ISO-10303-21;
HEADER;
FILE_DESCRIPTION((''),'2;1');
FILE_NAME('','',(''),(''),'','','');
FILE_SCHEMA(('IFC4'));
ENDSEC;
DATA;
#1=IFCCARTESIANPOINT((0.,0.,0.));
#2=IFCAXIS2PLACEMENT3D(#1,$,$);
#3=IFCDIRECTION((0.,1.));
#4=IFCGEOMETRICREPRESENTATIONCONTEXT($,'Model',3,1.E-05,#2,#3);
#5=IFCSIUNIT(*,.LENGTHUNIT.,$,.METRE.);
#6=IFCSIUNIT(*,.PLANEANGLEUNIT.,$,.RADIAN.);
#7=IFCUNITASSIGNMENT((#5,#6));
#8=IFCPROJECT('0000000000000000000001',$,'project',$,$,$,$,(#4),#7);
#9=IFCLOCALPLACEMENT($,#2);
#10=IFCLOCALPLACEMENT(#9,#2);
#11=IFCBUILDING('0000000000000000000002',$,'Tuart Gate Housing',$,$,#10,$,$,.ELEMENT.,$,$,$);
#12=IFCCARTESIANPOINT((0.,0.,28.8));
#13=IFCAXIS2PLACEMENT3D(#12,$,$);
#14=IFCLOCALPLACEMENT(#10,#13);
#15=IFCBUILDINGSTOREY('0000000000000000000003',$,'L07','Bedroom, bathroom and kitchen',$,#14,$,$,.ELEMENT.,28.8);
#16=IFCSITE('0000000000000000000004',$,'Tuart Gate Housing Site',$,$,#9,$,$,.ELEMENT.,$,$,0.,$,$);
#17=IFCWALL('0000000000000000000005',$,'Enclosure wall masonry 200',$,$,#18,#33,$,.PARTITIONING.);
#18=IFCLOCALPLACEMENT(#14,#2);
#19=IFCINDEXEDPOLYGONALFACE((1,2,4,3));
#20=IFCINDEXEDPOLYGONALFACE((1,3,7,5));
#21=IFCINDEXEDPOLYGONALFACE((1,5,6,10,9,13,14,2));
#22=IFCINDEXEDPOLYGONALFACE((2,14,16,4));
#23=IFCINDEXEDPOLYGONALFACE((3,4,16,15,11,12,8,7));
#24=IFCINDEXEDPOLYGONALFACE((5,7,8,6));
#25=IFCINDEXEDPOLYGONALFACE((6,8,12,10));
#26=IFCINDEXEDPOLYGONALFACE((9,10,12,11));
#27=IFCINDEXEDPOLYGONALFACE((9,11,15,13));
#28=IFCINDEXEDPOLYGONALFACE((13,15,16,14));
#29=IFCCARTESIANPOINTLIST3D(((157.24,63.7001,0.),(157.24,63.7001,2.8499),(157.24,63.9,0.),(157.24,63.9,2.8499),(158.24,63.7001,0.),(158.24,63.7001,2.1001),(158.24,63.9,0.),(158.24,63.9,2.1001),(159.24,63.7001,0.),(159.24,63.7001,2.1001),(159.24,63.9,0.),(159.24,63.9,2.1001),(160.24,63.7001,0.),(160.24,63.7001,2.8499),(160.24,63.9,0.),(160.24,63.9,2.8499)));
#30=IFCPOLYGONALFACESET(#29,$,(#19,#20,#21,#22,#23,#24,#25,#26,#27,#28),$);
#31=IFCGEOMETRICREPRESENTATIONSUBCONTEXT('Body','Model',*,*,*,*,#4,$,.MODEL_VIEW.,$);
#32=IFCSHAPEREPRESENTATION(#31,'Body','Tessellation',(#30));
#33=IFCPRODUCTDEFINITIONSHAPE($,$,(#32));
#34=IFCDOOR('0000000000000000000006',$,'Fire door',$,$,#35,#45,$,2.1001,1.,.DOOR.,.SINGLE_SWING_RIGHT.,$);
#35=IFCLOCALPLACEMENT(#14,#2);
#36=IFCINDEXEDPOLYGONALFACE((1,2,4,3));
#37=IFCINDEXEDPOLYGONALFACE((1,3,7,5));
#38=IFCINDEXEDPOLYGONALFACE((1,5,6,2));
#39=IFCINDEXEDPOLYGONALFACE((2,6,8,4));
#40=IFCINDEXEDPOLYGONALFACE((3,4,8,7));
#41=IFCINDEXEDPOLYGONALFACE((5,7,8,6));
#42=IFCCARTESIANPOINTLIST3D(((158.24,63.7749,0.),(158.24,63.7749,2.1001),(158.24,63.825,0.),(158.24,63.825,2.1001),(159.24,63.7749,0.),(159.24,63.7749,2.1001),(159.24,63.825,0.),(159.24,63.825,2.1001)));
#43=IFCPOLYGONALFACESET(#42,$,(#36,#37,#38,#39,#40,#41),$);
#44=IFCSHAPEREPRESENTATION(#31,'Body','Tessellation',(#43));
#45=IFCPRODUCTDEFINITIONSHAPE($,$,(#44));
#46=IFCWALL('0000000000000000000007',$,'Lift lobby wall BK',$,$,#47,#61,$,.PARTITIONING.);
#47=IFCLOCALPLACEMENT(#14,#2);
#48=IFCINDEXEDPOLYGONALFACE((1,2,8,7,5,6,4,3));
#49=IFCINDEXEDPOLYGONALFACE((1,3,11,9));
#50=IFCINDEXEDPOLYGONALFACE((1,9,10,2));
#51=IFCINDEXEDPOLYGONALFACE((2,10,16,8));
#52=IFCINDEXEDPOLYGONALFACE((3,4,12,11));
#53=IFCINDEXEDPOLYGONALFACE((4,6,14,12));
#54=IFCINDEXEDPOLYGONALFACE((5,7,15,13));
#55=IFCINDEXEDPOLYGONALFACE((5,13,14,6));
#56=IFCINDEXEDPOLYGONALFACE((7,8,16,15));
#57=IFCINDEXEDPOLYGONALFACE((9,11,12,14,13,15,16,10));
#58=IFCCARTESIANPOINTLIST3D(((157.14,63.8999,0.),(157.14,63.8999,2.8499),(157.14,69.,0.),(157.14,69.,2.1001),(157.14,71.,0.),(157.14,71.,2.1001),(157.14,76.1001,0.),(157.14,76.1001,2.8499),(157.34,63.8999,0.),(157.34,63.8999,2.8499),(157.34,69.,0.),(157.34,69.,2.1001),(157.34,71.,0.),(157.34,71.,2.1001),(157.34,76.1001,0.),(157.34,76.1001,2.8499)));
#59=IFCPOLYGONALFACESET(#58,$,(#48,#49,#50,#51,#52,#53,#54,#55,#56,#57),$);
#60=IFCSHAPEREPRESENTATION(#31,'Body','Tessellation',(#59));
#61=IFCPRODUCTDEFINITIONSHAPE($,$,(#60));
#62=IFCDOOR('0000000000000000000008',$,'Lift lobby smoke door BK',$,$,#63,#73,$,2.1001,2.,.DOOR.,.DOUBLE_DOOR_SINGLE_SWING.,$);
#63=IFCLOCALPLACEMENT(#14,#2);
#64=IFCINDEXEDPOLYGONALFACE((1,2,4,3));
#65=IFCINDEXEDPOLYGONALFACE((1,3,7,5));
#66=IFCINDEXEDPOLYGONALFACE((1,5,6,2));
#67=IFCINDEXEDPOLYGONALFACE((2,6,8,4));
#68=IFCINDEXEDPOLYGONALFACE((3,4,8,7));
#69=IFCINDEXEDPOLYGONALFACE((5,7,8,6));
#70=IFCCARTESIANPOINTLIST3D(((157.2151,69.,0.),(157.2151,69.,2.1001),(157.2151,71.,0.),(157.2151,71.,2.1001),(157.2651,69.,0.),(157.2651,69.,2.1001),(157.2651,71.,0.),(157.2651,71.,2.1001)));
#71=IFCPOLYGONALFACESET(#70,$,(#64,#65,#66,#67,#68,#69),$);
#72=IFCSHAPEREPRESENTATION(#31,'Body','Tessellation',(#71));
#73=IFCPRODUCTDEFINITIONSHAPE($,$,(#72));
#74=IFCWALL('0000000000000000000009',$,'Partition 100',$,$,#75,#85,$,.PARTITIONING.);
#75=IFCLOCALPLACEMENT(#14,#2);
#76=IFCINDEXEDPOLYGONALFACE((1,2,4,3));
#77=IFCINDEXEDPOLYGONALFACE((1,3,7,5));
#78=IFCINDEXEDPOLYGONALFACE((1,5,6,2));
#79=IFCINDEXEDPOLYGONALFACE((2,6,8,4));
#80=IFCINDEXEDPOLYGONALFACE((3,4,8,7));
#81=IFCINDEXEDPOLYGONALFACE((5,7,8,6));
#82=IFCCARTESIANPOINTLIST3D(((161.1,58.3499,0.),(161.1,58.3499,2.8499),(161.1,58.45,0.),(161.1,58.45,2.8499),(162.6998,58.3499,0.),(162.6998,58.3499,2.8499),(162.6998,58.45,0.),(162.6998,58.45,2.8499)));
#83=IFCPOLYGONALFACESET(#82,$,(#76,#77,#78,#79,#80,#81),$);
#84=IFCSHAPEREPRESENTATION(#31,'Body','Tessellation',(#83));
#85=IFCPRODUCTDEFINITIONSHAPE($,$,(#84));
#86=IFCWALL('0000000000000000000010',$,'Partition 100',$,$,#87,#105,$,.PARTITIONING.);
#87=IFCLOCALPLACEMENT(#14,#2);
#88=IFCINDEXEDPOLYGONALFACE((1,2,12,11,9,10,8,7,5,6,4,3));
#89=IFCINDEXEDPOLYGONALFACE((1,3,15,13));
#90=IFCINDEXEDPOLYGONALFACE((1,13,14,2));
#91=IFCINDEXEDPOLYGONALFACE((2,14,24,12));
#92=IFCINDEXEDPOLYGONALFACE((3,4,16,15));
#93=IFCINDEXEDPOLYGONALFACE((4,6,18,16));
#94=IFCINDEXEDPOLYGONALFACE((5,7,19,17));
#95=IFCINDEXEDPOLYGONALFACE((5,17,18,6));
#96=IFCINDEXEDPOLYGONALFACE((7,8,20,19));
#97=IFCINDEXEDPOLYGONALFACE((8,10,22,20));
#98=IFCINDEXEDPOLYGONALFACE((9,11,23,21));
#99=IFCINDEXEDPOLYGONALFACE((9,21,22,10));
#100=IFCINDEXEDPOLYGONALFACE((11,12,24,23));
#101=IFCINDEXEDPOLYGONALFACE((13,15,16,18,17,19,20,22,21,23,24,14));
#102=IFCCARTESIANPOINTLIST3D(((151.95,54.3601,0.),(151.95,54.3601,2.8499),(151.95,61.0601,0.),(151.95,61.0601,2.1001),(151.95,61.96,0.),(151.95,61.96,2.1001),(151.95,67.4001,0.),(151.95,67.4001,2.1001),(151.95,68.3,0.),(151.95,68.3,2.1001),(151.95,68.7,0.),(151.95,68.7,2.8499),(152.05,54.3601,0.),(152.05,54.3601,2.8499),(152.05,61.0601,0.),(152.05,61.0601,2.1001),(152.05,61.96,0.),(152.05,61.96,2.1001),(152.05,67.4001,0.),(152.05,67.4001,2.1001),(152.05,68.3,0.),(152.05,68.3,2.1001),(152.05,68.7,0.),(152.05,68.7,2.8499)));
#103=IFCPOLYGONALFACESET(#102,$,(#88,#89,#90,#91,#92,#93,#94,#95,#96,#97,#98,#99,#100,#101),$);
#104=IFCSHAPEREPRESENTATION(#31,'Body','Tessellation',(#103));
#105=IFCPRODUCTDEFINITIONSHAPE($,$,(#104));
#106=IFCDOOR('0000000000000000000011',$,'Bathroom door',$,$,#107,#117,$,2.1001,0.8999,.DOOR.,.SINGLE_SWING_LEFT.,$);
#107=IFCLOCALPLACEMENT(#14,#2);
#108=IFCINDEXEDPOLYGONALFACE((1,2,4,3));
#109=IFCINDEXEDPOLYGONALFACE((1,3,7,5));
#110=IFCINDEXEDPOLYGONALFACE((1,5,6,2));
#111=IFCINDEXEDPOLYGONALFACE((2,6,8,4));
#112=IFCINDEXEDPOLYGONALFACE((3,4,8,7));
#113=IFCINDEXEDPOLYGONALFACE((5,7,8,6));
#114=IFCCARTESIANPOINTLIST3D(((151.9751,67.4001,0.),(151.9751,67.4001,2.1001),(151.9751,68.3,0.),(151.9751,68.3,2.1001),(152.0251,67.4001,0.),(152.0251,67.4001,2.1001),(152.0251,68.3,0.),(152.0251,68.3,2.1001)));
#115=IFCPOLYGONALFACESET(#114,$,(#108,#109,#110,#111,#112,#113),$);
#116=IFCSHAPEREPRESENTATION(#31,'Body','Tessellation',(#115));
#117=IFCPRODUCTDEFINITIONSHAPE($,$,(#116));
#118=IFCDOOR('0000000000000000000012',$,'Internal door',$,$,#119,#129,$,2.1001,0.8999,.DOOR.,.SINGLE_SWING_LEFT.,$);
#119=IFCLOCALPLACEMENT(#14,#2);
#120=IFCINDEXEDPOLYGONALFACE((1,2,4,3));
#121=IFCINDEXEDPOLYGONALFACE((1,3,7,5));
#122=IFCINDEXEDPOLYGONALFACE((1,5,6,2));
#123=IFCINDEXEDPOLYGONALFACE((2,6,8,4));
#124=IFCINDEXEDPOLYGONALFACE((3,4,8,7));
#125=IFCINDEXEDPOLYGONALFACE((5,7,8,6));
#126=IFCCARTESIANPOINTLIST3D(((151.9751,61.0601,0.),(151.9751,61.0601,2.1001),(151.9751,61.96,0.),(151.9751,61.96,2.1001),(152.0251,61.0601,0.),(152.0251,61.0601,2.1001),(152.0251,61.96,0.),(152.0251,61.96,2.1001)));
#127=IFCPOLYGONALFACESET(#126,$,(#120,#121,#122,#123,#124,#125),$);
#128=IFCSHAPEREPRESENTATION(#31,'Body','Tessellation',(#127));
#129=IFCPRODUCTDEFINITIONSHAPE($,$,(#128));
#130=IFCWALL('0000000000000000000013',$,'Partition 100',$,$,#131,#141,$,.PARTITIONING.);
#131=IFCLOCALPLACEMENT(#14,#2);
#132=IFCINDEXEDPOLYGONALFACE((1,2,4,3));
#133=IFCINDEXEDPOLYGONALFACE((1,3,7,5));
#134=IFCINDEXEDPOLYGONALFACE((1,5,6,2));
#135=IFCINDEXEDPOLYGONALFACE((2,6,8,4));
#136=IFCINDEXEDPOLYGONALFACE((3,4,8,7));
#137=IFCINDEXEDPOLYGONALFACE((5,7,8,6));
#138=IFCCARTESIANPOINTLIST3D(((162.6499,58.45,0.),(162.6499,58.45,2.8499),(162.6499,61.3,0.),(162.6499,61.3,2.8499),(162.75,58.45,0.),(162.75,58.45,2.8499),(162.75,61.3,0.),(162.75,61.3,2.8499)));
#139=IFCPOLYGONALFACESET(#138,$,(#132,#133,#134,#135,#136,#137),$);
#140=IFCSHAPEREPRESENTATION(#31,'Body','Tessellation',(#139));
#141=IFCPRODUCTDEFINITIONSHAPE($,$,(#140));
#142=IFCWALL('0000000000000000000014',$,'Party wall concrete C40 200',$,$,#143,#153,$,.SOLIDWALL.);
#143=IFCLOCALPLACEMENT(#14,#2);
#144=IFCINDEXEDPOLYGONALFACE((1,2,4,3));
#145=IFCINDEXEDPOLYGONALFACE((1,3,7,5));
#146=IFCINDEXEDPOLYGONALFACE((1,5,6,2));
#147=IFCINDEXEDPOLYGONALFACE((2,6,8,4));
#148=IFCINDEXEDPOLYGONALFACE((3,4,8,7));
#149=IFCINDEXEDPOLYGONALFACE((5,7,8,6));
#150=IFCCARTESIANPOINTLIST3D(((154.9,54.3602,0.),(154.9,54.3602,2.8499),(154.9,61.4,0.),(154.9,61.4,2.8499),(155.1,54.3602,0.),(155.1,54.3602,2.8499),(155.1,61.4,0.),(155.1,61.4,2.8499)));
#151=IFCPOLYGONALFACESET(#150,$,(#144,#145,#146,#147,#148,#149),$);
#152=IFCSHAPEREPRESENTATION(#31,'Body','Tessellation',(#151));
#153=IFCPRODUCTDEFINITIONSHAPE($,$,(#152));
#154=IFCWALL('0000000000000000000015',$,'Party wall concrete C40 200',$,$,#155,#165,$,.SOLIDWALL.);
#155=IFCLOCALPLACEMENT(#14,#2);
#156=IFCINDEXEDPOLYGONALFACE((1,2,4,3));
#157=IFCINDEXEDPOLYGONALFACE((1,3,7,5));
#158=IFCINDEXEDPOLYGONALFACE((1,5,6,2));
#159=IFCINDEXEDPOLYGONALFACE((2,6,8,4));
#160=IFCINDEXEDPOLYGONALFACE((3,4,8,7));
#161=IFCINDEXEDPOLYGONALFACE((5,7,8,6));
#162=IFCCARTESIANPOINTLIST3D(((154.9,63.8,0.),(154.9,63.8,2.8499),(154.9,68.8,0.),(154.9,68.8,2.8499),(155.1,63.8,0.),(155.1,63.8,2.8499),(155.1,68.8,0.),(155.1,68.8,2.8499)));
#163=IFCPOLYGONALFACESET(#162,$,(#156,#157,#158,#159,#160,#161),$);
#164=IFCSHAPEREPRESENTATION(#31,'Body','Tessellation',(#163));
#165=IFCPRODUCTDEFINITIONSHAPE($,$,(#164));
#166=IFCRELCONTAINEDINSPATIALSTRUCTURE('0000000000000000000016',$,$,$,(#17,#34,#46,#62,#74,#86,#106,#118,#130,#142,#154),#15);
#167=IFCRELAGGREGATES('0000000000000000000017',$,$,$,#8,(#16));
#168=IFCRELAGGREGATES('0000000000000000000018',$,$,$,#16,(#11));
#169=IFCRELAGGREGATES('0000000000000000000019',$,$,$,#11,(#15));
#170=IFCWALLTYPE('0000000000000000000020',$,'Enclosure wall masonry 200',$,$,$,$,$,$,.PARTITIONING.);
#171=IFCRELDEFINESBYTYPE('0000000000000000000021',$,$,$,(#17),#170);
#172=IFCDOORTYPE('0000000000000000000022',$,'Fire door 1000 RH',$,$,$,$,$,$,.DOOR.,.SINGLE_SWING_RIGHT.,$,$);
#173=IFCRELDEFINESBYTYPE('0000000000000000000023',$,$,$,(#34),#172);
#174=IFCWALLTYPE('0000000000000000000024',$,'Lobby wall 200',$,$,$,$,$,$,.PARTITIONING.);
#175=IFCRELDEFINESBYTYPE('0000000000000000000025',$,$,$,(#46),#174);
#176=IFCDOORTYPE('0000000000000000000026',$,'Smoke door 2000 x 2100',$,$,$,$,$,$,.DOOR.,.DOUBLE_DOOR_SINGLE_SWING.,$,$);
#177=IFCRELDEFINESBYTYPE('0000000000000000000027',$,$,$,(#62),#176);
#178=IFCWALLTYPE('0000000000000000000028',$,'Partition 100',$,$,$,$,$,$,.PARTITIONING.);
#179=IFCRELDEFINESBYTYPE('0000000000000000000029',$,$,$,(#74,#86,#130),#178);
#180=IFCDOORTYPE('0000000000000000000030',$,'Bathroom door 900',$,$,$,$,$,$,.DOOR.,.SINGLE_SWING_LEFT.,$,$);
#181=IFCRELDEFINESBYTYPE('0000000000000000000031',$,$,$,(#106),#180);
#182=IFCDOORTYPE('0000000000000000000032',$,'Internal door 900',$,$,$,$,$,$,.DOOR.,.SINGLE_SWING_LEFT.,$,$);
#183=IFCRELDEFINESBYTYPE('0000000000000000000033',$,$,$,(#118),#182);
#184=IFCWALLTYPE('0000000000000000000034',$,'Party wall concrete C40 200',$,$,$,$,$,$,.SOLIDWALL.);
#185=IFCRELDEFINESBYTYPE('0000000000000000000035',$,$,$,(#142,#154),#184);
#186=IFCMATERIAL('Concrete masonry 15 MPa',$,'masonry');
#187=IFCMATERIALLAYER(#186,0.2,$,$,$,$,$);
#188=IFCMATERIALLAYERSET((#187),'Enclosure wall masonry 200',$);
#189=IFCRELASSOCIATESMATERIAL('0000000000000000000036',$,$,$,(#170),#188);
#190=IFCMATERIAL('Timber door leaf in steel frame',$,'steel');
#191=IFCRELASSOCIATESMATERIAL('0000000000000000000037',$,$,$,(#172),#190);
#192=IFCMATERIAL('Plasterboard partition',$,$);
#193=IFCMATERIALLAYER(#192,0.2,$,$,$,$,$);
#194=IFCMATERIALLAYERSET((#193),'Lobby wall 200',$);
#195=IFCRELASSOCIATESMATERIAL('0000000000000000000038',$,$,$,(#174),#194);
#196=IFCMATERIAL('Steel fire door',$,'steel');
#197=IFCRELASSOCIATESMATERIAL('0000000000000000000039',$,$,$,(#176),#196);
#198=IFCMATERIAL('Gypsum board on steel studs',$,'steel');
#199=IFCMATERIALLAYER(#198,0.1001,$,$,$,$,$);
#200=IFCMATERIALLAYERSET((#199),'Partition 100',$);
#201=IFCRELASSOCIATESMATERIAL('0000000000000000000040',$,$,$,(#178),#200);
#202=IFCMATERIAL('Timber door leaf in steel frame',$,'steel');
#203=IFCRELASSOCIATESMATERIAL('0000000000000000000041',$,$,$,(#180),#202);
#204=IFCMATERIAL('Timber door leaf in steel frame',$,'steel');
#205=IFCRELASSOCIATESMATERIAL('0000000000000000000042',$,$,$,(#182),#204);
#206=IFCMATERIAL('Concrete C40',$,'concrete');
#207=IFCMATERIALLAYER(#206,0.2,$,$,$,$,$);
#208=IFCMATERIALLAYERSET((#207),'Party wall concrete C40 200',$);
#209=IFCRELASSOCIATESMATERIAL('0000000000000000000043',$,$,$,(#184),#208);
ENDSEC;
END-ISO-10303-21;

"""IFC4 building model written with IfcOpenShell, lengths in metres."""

from ifc_helpers import new_model, si_unit, direction, frame, frame_2d, origin, place, context, subcontext, project, spatial, rectangle, extrude, material, layer, layer_set, type_object, element, fill, save


model = new_model("IFC4")

# Units and contexts
model_context = context("Model", 3, precision=1e-05, world=origin(), true_north=direction((0.0, 1.0)))
body_context = subcontext(model_context, "Body", "Model", "MODEL_VIEW")
ifc_project = project(units=[si_unit("LENGTHUNIT", "METRE"), si_unit("PLANEANGLEUNIT", "RADIAN")], contexts=[model_context])

# Site, building, storey
site_placement = place(None, origin())
site = spatial("IfcSite", under=ifc_project, at=site_placement, Name="Tuart Gate Housing Site", CompositionType="ELEMENT", RefElevation=0.0)
building_placement = place(site_placement, origin())
building = spatial("IfcBuilding", under=site, at=building_placement, Name="Tuart Gate Housing", CompositionType="ELEMENT")
storey_placement = place(building_placement, frame((0.0, 0.0, 28.8)))
storey = spatial("IfcBuildingStorey", under=building, at=storey_placement, Name="L07", Description="Bedroom, bathroom and kitchen", CompositionType="ELEMENT", Elevation=28.8)

# Walls, openings, doors
ifc_material_1 = material(Name="Concrete masonry 15 MPa", Category="masonry")
ifc_layer_1 = layer(ifc_material_1, 0.2)
ifc_layer_set_1 = layer_set([ifc_layer_1], Name="Enclosure wall masonry 200")
wall_type_1 = type_object("IfcWallType", Name="Enclosure wall masonry 200", PredefinedType="PARTITIONING", material=ifc_layer_set_1)
wall_1_placement = place(storey_placement, frame((157.24, 63.8, 0.0), z_axis=(0.0, 0.0, 1.0), x_axis=(1.0, 0.0, 0.0)))
wall_1 = element("IfcWall", 1, at=wall_1_placement, inside=storey, type_object=wall_type_1, Name="Enclosure wall masonry 200", PredefinedType="PARTITIONING", context=body_context, shape_type="SweptSolid", body=[
    extrude(rectangle(XDim=3.0, YDim=0.2, at=frame_2d((1.5, 0.0))), origin(), (0.0, 0.0, 1.0), 2.8499),
])
opening_1_placement = place(wall_1_placement, frame((1.0, 0.0, 0.0)))
opening_1 = element("IfcOpeningElement", 2, at=opening_1_placement, cuts=wall_1, PredefinedType="OPENING", context=body_context, shape_type="SweptSolid", body=[
    extrude(rectangle(XDim=1.0, YDim=2.1001, at=frame_2d((0.5, 1.05))), frame((0.0, 0.1099, 0.0), z_axis=(0.0, -1.0, 0.0), x_axis=(1.0, 0.0, 0.0)), (0.0, 0.0, 1.0), 0.22),
])
ifc_material_2 = material(Name="Timber door leaf in steel frame", Category="steel")
door_type_1 = type_object("IfcDoorType", Name="Fire door 1000 RH", OperationType="SINGLE_SWING_RIGHT", PredefinedType="DOOR", material=ifc_material_2)
door_1_placement = place(opening_1_placement, frame((1.0, 0.0, 0.0), z_axis=(0.0, 0.0, 1.0), x_axis=(-1.0, 0.0, 0.0)))
door_1 = element("IfcDoor", 3, at=door_1_placement, inside=storey, type_object=door_type_1, Name="Fire door", OperationType="SINGLE_SWING_RIGHT", OverallHeight=2.1001, OverallWidth=1.0, PredefinedType="DOOR", context=body_context, shape_type="SweptSolid", body=[
    extrude(rectangle(XDim=1.0, YDim=2.1001, at=frame_2d((0.5, 1.05))), frame((0.0, 0.0251, 0.0), z_axis=(0.0, -1.0, 0.0), x_axis=(1.0, 0.0, 0.0)), (0.0, 0.0, 1.0), 0.05),
])
fill(opening_1, door_1)
ifc_material_3 = material(Name="Plasterboard partition")
ifc_layer_2 = layer(ifc_material_3, 0.2)
ifc_layer_set_2 = layer_set([ifc_layer_2], Name="Lobby wall 200")
wall_type_2 = type_object("IfcWallType", Name="Lobby wall 200", PredefinedType="PARTITIONING", material=ifc_layer_set_2)
wall_2_placement = place(storey_placement, frame((157.24, 63.8999, 0.0), z_axis=(0.0, 0.0, 1.0), x_axis=(0.0, 1.0, 0.0)))
wall_2 = element("IfcWall", 4, at=wall_2_placement, inside=storey, type_object=wall_type_2, Name="Lift lobby wall BK", PredefinedType="PARTITIONING", context=body_context, shape_type="SweptSolid", body=[
    extrude(rectangle(XDim=12.2002, YDim=0.2, at=frame_2d((6.1001, 0.0))), origin(), (0.0, 0.0, 1.0), 2.8499),
])
opening_2_placement = place(wall_2_placement, frame((5.1001, 0.0, 0.0)))
opening_2 = element("IfcOpeningElement", 5, at=opening_2_placement, cuts=wall_2, PredefinedType="OPENING", context=body_context, shape_type="SweptSolid", body=[
    extrude(rectangle(XDim=2.0, YDim=2.1001, at=frame_2d((1.0, 1.05))), frame((0.0, 0.1099, 0.0), z_axis=(0.0, -1.0, 0.0), x_axis=(1.0, 0.0, 0.0)), (0.0, 0.0, 1.0), 0.22),
])
ifc_material_4 = material(Name="Steel fire door", Category="steel")
door_type_2 = type_object("IfcDoorType", Name="Smoke door 2000 x 2100", OperationType="DOUBLE_DOOR_SINGLE_SWING", PredefinedType="DOOR", material=ifc_material_4)
door_2_placement = place(opening_2_placement, frame((2.0, 0.0, 0.0), z_axis=(0.0, 0.0, 1.0), x_axis=(-1.0, 0.0, 0.0)))
door_2 = element("IfcDoor", 6, at=door_2_placement, inside=storey, type_object=door_type_2, Name="Lift lobby smoke door BK", OperationType="DOUBLE_DOOR_SINGLE_SWING", OverallHeight=2.1001, OverallWidth=2.0, PredefinedType="DOOR", context=body_context, shape_type="SweptSolid", body=[
    extrude(rectangle(XDim=2.0, YDim=2.1001, at=frame_2d((1.0, 1.05))), frame((0.0, 0.0251, 0.0), z_axis=(0.0, -1.0, 0.0), x_axis=(1.0, 0.0, 0.0)), (0.0, 0.0, 1.0), 0.05),
])
fill(opening_2, door_2)

# Wall
ifc_material_5 = material(Name="Gypsum board on steel studs", Category="steel")
ifc_layer_3 = layer(ifc_material_5, 0.1001)
ifc_layer_set_3 = layer_set([ifc_layer_3], Name="Partition 100")
wall_type_3 = type_object("IfcWallType", Name="Partition 100", PredefinedType="PARTITIONING", material=ifc_layer_set_3)
wall_3_placement = place(storey_placement, frame((161.1001, 58.3999, 0.0), z_axis=(0.0, 0.0, 1.0), x_axis=(1.0, 0.0, 0.0)))
element("IfcWall", 7, at=wall_3_placement, inside=storey, type_object=wall_type_3, Name="Partition 100", PredefinedType="PARTITIONING", context=body_context, shape_type="SweptSolid", body=[
    extrude(rectangle(XDim=1.5999, YDim=0.1001, at=frame_2d((0.7998, 0.0))), origin(), (0.0, 0.0, 1.0), 2.8499),
])

# Wall, openings, doors
wall_4_placement = place(storey_placement, frame((152.0, 54.3601, 0.0), z_axis=(0.0, 0.0, 1.0), x_axis=(0.0, 1.0, 0.0)))
wall_4 = element("IfcWall", 8, at=wall_4_placement, inside=storey, type_object=wall_type_3, Name="Partition 100", PredefinedType="PARTITIONING", context=body_context, shape_type="SweptSolid", body=[
    extrude(rectangle(XDim=14.3398, YDim=0.1001, at=frame_2d((7.1699, 0.0))), origin(), (0.0, 0.0, 1.0), 2.8499),
])
opening_3_placement = place(wall_4_placement, frame((6.7, 0.0, 0.0)))
opening_3 = element("IfcOpeningElement", 9, at=opening_3_placement, cuts=wall_4, PredefinedType="OPENING", context=body_context, shape_type="SweptSolid", body=[
    extrude(rectangle(XDim=0.8999, YDim=2.1001, at=frame_2d((0.45, 1.05))), frame((0.0, 0.0601, 0.0), z_axis=(0.0, -1.0, 0.0), x_axis=(1.0, 0.0, 0.0)), (0.0, 0.0, 1.0), 0.1201),
])
opening_4_placement = place(wall_4_placement, frame((13.04, 0.0, 0.0)))
opening_4 = element("IfcOpeningElement", 10, at=opening_4_placement, cuts=wall_4, PredefinedType="OPENING", context=body_context, shape_type="SweptSolid", body=[
    extrude(rectangle(XDim=0.8999, YDim=2.1001, at=frame_2d((0.45, 1.05))), frame((0.0, 0.0601, 0.0), z_axis=(0.0, -1.0, 0.0), x_axis=(1.0, 0.0, 0.0)), (0.0, 0.0, 1.0), 0.1201),
])
ifc_material_6 = material(Name="Timber door leaf in steel frame", Category="steel")
door_type_3 = type_object("IfcDoorType", Name="Bathroom door 900", OperationType="SINGLE_SWING_LEFT", PredefinedType="DOOR", material=ifc_material_6)
door_3_placement = place(opening_4_placement, frame((0.8999, 0.0, 0.0), z_axis=(0.0, 0.0, 1.0), x_axis=(-1.0, 0.0, 0.0)))
door_3 = element("IfcDoor", 11, at=door_3_placement, inside=storey, type_object=door_type_3, Name="Bathroom door", OperationType="SINGLE_SWING_LEFT", OverallHeight=2.1001, OverallWidth=0.8999, PredefinedType="DOOR", context=body_context, shape_type="SweptSolid", body=[
    extrude(rectangle(XDim=0.8999, YDim=2.1001, at=frame_2d((0.45, 1.05))), frame((0.0, 0.0251, 0.0), z_axis=(0.0, -1.0, 0.0), x_axis=(1.0, 0.0, 0.0)), (0.0, 0.0, 1.0), 0.05),
])
fill(opening_4, door_3)
ifc_material_7 = material(Name="Timber door leaf in steel frame", Category="steel")
door_type_4 = type_object("IfcDoorType", Name="Internal door 900", OperationType="SINGLE_SWING_LEFT", PredefinedType="DOOR", material=ifc_material_7)
door_4_placement = place(opening_3_placement, frame((0.8999, 0.0, 0.0), z_axis=(0.0, 0.0, 1.0), x_axis=(-1.0, 0.0, 0.0)))
door_4 = element("IfcDoor", 12, at=door_4_placement, inside=storey, type_object=door_type_4, Name="Internal door", OperationType="SINGLE_SWING_LEFT", OverallHeight=2.1001, OverallWidth=0.8999, PredefinedType="DOOR", context=body_context, shape_type="SweptSolid", body=[
    extrude(rectangle(XDim=0.8999, YDim=2.1001, at=frame_2d((0.45, 1.05))), frame((0.0, 0.0251, 0.0), z_axis=(0.0, -1.0, 0.0), x_axis=(1.0, 0.0, 0.0)), (0.0, 0.0, 1.0), 0.05),
])
fill(opening_3, door_4)

# Walls
wall_5_placement = place(storey_placement, frame((162.7, 58.45, 0.0), z_axis=(0.0, 0.0, 1.0), x_axis=(0.0, 1.0, 0.0)))
element("IfcWall", 13, at=wall_5_placement, inside=storey, type_object=wall_type_3, Name="Partition 100", PredefinedType="PARTITIONING", context=body_context, shape_type="SweptSolid", body=[
    extrude(rectangle(XDim=2.8501, YDim=0.1001, at=frame_2d((1.425, 0.0))), origin(), (0.0, 0.0, 1.0), 2.8499),
])
ifc_material_8 = material(Name="Concrete C40", Category="concrete")
ifc_layer_4 = layer(ifc_material_8, 0.2)
ifc_layer_set_4 = layer_set([ifc_layer_4], Name="Party wall concrete C40 200")
wall_type_4 = type_object("IfcWallType", Name="Party wall concrete C40 200", PredefinedType="SOLIDWALL", material=ifc_layer_set_4)
wall_6_placement = place(storey_placement, frame((155.0, 54.3601, 0.0), z_axis=(0.0, 0.0, 1.0), x_axis=(0.0, 1.0, 0.0)))
element("IfcWall", 14, at=wall_6_placement, inside=storey, type_object=wall_type_4, Name="Party wall concrete C40 200", PredefinedType="SOLIDWALL", context=body_context, shape_type="SweptSolid", body=[
    extrude(rectangle(XDim=7.0398, YDim=0.2, at=frame_2d((3.52, 0.0))), origin(), (0.0, 0.0, 1.0), 2.8499),
])
wall_7_placement = place(storey_placement, frame((155.0, 63.8, 0.0), z_axis=(0.0, 0.0, 1.0), x_axis=(0.0, 1.0, 0.0)))
element("IfcWall", 15, at=wall_7_placement, inside=storey, type_object=wall_type_4, Name="Party wall concrete C40 200", PredefinedType="SOLIDWALL", context=body_context, shape_type="SweptSolid", body=[
    extrude(rectangle(XDim=5.0, YDim=0.2, at=frame_2d((2.5, 0.0))), origin(), (0.0, 0.0, 1.0), 2.8499),
])

save(model, "model.ifc")
